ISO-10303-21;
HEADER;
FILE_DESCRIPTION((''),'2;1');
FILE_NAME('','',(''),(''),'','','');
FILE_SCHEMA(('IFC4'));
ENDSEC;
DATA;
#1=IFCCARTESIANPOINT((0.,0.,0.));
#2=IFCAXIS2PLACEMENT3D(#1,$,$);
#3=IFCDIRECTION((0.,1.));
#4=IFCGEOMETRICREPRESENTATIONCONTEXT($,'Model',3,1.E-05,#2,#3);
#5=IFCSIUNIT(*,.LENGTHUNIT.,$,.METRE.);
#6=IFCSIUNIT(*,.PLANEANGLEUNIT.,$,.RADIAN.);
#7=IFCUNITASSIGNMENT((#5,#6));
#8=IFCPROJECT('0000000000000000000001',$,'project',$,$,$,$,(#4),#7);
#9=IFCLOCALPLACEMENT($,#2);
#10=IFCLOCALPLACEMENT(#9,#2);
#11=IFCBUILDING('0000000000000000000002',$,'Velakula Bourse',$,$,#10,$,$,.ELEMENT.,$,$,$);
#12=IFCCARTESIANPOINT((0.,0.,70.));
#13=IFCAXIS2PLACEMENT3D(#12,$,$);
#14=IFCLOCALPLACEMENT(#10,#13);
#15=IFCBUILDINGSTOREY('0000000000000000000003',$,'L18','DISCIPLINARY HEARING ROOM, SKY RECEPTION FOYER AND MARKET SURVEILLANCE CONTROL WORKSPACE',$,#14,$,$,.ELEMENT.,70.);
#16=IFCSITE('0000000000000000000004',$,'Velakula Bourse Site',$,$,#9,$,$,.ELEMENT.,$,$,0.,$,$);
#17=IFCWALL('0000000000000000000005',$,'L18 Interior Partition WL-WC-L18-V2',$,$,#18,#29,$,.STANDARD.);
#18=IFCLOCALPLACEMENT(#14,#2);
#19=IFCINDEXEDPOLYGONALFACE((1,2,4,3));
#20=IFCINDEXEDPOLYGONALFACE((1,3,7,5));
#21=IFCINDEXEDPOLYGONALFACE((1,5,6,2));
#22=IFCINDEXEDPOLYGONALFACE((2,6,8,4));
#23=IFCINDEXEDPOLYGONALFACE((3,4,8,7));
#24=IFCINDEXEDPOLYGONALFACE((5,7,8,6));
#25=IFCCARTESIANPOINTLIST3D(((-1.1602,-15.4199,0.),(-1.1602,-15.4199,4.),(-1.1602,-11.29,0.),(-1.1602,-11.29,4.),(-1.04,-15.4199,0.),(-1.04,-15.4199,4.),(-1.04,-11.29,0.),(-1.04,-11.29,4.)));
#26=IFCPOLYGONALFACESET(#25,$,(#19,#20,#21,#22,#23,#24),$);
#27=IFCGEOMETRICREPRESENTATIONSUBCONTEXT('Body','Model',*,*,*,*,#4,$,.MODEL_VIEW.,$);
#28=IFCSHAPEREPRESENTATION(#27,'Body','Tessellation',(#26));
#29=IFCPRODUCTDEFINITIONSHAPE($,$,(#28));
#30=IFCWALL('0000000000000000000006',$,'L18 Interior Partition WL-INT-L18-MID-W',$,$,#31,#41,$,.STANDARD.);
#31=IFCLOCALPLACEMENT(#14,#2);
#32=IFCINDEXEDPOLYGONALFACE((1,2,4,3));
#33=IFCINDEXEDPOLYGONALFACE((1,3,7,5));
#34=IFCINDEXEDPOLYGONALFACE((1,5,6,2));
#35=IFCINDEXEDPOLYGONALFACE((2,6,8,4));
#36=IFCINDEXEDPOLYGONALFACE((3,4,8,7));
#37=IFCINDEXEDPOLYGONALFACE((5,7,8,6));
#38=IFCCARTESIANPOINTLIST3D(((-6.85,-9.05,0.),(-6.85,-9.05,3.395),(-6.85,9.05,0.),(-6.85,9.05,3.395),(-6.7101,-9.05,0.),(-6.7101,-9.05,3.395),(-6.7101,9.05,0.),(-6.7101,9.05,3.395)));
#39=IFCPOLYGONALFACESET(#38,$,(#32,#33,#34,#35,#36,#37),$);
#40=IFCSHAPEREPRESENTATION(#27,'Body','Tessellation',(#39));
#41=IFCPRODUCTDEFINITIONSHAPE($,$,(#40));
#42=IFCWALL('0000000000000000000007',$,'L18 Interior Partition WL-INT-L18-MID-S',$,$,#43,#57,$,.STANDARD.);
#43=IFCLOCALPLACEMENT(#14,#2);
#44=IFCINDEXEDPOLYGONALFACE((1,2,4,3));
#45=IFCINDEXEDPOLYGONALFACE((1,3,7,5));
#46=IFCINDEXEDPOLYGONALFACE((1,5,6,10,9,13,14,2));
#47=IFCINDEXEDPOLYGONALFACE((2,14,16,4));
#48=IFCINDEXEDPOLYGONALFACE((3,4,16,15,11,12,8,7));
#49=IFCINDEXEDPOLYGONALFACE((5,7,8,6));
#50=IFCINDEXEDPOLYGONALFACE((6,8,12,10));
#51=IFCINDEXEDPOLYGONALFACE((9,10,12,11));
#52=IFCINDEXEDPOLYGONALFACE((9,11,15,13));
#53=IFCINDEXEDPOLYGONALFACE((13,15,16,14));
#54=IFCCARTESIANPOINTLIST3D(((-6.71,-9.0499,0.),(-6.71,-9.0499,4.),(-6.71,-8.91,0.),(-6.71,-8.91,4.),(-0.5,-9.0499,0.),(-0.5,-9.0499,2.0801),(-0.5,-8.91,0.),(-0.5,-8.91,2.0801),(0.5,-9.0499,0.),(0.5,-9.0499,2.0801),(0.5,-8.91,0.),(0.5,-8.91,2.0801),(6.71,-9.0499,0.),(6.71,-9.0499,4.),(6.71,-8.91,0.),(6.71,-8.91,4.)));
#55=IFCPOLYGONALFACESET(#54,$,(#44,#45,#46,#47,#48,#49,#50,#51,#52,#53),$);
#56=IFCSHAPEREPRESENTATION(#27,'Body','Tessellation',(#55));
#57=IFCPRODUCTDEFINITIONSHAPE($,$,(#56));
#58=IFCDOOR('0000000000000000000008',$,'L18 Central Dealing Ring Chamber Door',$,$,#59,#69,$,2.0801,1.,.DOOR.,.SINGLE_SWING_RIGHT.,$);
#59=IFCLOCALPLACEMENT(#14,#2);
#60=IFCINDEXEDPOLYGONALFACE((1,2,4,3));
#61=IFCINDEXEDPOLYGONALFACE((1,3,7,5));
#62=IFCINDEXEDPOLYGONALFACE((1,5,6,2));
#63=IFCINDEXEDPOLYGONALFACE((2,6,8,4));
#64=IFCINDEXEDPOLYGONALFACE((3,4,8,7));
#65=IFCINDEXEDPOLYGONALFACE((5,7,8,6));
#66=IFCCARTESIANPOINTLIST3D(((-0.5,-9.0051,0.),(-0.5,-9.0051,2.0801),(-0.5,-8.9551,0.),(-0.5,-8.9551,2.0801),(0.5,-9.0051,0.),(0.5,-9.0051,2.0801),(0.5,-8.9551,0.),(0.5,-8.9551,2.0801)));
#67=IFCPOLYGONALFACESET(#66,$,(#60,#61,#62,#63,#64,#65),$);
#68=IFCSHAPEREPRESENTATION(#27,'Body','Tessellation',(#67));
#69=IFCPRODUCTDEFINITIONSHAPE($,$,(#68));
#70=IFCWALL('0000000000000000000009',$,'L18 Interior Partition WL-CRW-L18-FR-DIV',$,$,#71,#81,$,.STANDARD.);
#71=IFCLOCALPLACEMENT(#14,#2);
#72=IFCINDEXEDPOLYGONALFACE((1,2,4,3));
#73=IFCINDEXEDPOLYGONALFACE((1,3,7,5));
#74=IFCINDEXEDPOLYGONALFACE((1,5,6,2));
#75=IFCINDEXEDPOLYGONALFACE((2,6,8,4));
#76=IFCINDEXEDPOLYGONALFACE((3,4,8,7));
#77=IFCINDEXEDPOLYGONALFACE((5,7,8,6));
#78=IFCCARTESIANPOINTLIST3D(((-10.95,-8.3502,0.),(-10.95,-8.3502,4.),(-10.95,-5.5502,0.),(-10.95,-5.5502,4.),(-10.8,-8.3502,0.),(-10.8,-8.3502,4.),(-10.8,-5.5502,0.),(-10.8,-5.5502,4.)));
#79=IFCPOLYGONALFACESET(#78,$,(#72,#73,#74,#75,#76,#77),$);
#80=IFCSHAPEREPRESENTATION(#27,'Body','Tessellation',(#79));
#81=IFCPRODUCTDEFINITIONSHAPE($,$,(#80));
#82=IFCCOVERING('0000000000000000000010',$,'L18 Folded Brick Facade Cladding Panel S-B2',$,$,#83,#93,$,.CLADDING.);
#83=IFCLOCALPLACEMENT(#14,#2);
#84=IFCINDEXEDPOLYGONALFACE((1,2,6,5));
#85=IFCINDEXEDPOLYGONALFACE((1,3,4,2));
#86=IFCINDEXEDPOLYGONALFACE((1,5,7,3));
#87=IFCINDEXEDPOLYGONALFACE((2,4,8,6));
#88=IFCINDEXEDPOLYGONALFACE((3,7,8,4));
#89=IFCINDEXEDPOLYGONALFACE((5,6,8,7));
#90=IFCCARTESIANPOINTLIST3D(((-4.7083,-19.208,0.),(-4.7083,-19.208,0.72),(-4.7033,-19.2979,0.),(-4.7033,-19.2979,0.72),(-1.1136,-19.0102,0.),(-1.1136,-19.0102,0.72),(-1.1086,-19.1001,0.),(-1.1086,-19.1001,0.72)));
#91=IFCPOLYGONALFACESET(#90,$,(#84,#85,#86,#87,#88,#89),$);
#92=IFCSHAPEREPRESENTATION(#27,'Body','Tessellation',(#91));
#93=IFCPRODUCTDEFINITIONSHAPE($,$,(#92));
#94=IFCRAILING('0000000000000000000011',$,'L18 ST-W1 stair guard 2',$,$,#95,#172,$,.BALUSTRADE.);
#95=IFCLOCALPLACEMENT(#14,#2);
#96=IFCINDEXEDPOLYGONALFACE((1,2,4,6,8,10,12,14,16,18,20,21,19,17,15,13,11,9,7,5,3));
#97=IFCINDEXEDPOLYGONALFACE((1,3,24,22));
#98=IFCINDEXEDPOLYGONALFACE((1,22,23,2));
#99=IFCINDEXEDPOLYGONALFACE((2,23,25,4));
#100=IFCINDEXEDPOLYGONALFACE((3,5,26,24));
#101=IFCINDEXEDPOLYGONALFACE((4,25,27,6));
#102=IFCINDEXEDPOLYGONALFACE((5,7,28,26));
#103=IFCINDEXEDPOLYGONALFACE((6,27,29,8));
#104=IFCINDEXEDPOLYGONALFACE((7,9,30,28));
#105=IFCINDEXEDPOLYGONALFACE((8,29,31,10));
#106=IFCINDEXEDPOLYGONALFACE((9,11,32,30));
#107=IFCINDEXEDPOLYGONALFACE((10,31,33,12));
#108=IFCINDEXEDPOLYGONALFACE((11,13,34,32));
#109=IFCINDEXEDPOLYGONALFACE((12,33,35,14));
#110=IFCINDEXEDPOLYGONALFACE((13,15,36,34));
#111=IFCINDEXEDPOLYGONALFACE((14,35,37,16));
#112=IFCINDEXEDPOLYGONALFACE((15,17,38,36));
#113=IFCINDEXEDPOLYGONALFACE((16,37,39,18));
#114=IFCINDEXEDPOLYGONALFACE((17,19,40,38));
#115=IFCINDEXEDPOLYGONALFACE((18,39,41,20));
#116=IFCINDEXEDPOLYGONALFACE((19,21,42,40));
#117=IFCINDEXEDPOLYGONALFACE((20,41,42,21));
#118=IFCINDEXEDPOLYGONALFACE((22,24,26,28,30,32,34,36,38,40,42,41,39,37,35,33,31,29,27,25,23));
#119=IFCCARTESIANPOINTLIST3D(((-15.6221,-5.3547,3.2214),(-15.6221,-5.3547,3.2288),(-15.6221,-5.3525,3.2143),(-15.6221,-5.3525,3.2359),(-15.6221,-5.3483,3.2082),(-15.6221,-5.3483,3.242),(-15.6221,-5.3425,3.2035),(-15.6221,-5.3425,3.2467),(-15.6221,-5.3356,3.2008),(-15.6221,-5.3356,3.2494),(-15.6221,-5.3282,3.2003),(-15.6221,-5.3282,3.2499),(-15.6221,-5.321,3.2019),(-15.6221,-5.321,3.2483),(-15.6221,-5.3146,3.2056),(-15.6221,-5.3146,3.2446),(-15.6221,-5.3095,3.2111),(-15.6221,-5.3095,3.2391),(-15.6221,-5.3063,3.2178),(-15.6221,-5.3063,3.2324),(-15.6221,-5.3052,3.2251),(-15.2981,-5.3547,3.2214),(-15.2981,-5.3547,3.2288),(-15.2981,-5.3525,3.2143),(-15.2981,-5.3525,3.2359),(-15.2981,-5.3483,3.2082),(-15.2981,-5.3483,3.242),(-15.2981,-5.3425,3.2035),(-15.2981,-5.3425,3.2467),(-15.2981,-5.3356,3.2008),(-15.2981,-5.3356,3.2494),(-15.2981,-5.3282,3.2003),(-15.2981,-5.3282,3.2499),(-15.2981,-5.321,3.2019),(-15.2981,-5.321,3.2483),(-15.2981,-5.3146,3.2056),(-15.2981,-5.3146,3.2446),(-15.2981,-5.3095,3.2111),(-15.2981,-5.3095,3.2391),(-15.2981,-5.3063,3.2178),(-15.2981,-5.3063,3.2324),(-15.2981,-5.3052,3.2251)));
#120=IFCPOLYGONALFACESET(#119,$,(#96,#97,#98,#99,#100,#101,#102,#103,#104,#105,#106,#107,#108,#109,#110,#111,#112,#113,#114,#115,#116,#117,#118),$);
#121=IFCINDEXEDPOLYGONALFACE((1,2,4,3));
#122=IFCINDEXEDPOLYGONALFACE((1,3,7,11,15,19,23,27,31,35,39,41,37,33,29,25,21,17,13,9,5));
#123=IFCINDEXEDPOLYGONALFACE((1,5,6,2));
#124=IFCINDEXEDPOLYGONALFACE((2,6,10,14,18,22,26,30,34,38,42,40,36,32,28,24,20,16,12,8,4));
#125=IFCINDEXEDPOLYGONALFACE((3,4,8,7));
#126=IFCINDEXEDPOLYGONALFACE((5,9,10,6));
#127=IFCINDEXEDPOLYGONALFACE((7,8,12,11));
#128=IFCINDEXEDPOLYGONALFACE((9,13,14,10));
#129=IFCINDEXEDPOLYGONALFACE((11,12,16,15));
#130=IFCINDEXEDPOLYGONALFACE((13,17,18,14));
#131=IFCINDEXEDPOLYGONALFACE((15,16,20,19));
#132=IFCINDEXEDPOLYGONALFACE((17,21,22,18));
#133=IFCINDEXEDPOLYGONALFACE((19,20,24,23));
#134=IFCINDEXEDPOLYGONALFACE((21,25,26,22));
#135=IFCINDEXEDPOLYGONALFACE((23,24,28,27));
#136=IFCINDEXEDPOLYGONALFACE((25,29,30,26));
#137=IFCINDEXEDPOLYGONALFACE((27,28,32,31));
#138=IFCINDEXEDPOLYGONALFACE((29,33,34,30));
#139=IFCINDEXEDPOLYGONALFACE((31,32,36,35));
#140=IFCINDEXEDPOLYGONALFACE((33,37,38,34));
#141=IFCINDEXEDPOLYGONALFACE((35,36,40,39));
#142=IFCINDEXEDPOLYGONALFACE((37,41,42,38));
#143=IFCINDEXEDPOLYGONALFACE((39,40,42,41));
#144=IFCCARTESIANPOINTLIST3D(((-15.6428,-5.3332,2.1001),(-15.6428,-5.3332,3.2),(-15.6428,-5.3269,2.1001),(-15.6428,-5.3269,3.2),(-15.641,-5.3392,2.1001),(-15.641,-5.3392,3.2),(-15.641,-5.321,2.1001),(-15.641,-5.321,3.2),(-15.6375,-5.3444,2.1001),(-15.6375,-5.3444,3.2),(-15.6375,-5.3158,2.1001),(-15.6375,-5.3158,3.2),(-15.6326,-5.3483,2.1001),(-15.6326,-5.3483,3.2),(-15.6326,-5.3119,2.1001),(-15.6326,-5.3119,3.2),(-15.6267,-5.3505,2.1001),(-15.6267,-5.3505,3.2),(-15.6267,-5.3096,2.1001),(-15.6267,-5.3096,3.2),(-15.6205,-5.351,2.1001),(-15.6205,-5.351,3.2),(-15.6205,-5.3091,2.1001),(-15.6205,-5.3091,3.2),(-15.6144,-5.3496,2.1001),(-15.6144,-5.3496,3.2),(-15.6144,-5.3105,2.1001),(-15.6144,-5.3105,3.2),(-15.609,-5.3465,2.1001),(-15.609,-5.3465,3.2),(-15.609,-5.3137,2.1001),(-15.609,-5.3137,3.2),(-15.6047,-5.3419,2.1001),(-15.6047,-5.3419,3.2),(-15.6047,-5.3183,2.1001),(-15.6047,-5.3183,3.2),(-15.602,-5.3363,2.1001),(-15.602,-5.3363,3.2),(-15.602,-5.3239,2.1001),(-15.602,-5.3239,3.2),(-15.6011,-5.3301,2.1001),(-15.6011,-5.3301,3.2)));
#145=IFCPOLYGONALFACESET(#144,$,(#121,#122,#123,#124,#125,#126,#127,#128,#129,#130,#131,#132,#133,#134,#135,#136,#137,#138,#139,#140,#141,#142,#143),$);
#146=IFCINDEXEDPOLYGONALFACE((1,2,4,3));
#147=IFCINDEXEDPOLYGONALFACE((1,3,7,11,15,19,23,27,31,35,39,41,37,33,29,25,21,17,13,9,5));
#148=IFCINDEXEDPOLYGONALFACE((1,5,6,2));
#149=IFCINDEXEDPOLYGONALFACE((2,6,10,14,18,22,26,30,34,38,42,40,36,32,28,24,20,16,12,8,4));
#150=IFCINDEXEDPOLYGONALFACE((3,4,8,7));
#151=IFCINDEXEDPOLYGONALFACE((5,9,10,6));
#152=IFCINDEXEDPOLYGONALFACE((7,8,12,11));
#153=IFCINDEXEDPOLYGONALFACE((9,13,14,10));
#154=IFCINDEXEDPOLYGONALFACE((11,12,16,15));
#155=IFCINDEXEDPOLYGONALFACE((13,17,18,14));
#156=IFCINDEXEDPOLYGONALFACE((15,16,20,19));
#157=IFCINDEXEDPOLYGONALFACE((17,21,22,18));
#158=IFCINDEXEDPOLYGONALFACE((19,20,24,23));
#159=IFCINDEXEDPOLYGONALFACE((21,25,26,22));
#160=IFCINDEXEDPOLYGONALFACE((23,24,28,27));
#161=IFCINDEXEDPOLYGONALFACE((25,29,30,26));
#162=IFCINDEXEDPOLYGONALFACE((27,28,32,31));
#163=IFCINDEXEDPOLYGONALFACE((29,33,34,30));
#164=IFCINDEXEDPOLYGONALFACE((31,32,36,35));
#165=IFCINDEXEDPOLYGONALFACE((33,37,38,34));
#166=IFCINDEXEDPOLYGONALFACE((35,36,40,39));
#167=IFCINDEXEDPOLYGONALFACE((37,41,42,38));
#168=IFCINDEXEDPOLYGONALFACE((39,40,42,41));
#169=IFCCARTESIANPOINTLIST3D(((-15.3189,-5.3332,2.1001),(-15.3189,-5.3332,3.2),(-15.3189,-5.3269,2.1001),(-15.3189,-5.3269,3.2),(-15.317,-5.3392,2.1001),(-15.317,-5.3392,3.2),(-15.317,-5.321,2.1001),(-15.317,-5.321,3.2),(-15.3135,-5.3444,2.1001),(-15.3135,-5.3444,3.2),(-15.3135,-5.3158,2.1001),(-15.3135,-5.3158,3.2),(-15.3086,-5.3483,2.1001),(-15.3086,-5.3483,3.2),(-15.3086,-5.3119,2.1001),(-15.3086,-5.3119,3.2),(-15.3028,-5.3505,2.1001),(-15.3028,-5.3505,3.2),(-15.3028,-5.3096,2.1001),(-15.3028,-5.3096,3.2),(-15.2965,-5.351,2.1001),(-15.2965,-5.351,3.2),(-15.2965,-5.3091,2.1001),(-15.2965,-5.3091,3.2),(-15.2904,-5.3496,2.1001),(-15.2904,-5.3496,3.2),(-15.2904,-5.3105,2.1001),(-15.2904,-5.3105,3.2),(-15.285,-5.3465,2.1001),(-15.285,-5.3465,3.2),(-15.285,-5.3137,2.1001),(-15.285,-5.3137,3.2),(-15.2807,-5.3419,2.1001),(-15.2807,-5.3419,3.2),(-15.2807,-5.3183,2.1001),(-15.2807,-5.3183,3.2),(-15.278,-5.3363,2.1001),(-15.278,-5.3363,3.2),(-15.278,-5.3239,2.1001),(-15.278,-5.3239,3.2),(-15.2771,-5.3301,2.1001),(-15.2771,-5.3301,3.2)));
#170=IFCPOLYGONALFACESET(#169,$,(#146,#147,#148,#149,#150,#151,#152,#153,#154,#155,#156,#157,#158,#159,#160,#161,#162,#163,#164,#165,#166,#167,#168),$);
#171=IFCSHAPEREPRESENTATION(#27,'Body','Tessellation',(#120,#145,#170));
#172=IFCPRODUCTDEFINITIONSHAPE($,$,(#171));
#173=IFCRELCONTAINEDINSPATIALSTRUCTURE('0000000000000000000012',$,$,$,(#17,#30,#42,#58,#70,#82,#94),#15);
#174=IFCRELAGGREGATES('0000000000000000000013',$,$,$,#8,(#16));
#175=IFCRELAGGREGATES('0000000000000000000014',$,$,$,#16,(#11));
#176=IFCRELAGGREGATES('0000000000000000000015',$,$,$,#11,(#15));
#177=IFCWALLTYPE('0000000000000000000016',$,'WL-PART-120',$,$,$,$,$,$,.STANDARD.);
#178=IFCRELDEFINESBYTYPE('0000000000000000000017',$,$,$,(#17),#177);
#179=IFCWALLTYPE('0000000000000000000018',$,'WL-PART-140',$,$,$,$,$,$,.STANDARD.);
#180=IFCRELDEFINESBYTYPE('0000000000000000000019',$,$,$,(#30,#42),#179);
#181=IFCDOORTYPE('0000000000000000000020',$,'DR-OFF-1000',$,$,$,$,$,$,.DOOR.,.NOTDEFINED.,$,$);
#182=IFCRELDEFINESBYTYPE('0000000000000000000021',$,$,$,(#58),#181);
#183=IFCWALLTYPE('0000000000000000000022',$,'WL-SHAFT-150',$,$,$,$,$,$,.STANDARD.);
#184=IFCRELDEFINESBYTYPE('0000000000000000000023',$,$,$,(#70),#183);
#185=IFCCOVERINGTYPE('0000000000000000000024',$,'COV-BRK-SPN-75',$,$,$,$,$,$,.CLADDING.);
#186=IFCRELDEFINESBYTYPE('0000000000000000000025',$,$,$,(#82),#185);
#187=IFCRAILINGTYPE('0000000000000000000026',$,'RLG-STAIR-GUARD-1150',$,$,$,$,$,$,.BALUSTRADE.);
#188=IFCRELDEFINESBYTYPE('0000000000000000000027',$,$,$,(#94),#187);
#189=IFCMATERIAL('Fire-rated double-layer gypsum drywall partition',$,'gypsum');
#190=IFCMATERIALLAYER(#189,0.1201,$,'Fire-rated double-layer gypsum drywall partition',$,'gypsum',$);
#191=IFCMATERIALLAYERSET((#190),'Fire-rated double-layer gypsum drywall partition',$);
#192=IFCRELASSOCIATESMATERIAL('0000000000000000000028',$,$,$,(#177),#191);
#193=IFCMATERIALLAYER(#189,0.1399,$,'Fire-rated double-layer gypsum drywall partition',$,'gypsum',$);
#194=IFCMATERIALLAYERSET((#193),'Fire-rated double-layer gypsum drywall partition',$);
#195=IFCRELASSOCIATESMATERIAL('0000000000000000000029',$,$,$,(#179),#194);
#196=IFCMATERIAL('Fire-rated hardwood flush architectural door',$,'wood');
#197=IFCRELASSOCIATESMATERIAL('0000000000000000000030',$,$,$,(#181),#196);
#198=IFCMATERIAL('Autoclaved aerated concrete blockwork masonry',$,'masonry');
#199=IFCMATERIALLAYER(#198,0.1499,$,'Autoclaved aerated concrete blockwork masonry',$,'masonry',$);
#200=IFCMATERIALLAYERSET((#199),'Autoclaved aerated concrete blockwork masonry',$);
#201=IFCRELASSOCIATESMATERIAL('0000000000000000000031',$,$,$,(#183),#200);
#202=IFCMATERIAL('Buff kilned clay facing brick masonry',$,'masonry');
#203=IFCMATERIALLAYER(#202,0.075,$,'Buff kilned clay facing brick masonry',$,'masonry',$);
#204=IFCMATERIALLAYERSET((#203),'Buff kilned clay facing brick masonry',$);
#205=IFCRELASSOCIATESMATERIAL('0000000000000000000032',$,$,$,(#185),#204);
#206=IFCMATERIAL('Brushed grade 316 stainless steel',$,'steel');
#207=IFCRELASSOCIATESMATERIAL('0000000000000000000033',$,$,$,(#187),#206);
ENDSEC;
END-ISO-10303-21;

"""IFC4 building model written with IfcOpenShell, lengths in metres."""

from ifc_helpers import new_model, si_unit, direction, frame, frame_2d, origin, origin_2d, place, context, subcontext, project, spatial, rectangle, circle, extrude, material, layer, layer_set, type_object, element, fill, save


model = new_model("IFC4")

# Units and contexts
model_context = context("Model", 3, precision=1e-05, world=origin(), true_north=direction((0.0, 1.0)))
body_context = subcontext(model_context, "Body", "Model", "MODEL_VIEW")
ifc_project = project(units=[si_unit("LENGTHUNIT", "METRE"), si_unit("PLANEANGLEUNIT", "RADIAN")], contexts=[model_context])

# Site, building, storey
site_placement = place(None, origin())
site = spatial("IfcSite", under=ifc_project, at=site_placement, Name="Velakula Bourse Site", CompositionType="ELEMENT", RefElevation=0.0)
building_placement = place(site_placement, origin())
building = spatial("IfcBuilding", under=site, at=building_placement, Name="Velakula Bourse", CompositionType="ELEMENT")
storey_placement = place(building_placement, frame((0.0, 0.0, 70.0)))
storey = spatial("IfcBuildingStorey", under=building, at=storey_placement, Name="L18", Description="DISCIPLINARY HEARING ROOM, SKY RECEPTION FOYER AND MARKET SURVEILLANCE CONTROL WORKSPACE", CompositionType="ELEMENT", Elevation=70.0)

# Walls
ifc_material_1 = material(Name="Fire-rated double-layer gypsum drywall partition", Category="gypsum")
ifc_layer_1 = layer(ifc_material_1, 0.1201, Name="Fire-rated double-layer gypsum drywall partition", Category="gypsum")
ifc_layer_set_1 = layer_set([ifc_layer_1], Name="Fire-rated double-layer gypsum drywall partition")
wall_type_1 = type_object("IfcWallType", Name="WL-PART-120", PredefinedType="STANDARD", material=ifc_layer_set_1)
for number, where, z_axis, x_axis, name in (
    (1, (-1.1001, -15.4199, 0.0), (0.0, 0.0, 1.0), (0.0, 1.0, 0.0), "L18 Interior Partition WL-WC-L18-V2"),
):
    element("IfcWall", number, at=place(storey_placement, frame(where, z_axis=z_axis, x_axis=x_axis)), inside=storey, type_object=wall_type_1, Name=name, PredefinedType="STANDARD", context=body_context, shape_type="SweptSolid", body=[
        extrude(rectangle(XDim=4.1299, YDim=0.1201, at=frame_2d((2.0649, 0.0))), origin(), (0.0, 0.0, 1.0), 4.0),
    ])
ifc_layer_2 = layer(ifc_material_1, 0.1399, Name="Fire-rated double-layer gypsum drywall partition", Category="gypsum")
ifc_layer_set_2 = layer_set([ifc_layer_2], Name="Fire-rated double-layer gypsum drywall partition")
wall_type_2 = type_object("IfcWallType", Name="WL-PART-140", PredefinedType="STANDARD", material=ifc_layer_set_2)
wall_1_placement = place(storey_placement, frame((-6.78, -9.05, 0.0), z_axis=(0.0, 0.0, 1.0), x_axis=(0.0, 1.0, 0.0)))
element("IfcWall", 2, at=wall_1_placement, inside=storey, type_object=wall_type_2, Name="L18 Interior Partition WL-INT-L18-MID-W", PredefinedType="STANDARD", context=body_context, shape_type="SweptSolid", body=[
    extrude(rectangle(XDim=18.1001, YDim=0.1399, at=frame_2d((9.05, 0.0))), origin(), (0.0, 0.0, 1.0), 3.395),
])

# Wall, opening, door
wall_2_placement = place(storey_placement, frame((-6.71, -8.98, 0.0), z_axis=(0.0, 0.0, 1.0), x_axis=(1.0, 0.0, 0.0)))
wall_2 = element("IfcWall", 3, at=wall_2_placement, inside=storey, type_object=wall_type_2, Name="L18 Interior Partition WL-INT-L18-MID-S", PredefinedType="STANDARD", context=body_context, shape_type="SweptSolid", body=[
    extrude(rectangle(XDim=13.4199, YDim=0.1399, at=frame_2d((6.71, 0.0))), origin(), (0.0, 0.0, 1.0), 4.0),
])
opening_1_placement = place(wall_2_placement, frame((6.21, 0.0, 0.0)))
opening_1 = element("IfcOpeningElement", 4, at=opening_1_placement, cuts=wall_2, PredefinedType="OPENING", context=body_context, shape_type="SweptSolid", body=[
    extrude(rectangle(XDim=1.0, YDim=2.0801, at=frame_2d((0.5, 1.04))), frame((0.0, 0.0798, 0.0), z_axis=(0.0, -1.0, 0.0), x_axis=(1.0, 0.0, 0.0)), (0.0, 0.0, 1.0), 0.1599),
])
ifc_material_2 = material(Name="Fire-rated hardwood flush architectural door", Category="wood")
door_type_1 = type_object("IfcDoorType", Name="DR-OFF-1000", OperationType="NOTDEFINED", PredefinedType="DOOR", material=ifc_material_2)
door_1_placement = place(opening_1_placement, origin())
door_1 = element("IfcDoor", 5, at=door_1_placement, inside=storey, type_object=door_type_1, Name="L18 Central Dealing Ring Chamber Door", OperationType="SINGLE_SWING_RIGHT", OverallHeight=2.0801, OverallWidth=1.0, PredefinedType="DOOR", context=body_context, shape_type="SweptSolid", body=[
    extrude(rectangle(XDim=1.0, YDim=2.0801, at=frame_2d((0.5, 1.04))), frame((0.0, 0.0249, 0.0), z_axis=(0.0, -1.0, 0.0), x_axis=(1.0, 0.0, 0.0)), (0.0, 0.0, 1.0), 0.05),
])
fill(opening_1, door_1)

# Shared definitions
ifc_material_3 = material(Name="Autoclaved aerated concrete blockwork masonry", Category="masonry")
ifc_layer_3 = layer(ifc_material_3, 0.1499, Name="Autoclaved aerated concrete blockwork masonry", Category="masonry")
ifc_layer_set_3 = layer_set([ifc_layer_3], Name="Autoclaved aerated concrete blockwork masonry")
wall_type_3 = type_object("IfcWallType", Name="WL-SHAFT-150", PredefinedType="STANDARD", material=ifc_layer_set_3)
ifc_material_4 = material(Name="Brushed grade 316 stainless steel", Category="steel")

# Wall
wall_3_placement = place(storey_placement, frame((-10.875, -8.3501, 0.0), z_axis=(0.0, 0.0, 1.0), x_axis=(0.0, 1.0, 0.0)))
element("IfcWall", 6, at=wall_3_placement, inside=storey, type_object=wall_type_3, Name="L18 Interior Partition WL-CRW-L18-FR-DIV", PredefinedType="STANDARD", context=body_context, shape_type="SweptSolid", body=[
    extrude(rectangle(XDim=2.8, YDim=0.1499, at=frame_2d((1.3999, 0.0))), origin(), (0.0, 0.0, 1.0), 4.0),
])

# Covering
ifc_material_5 = material(Name="Buff kilned clay facing brick masonry", Category="masonry")
ifc_layer_4 = layer(ifc_material_5, 0.075, Name="Buff kilned clay facing brick masonry", Category="masonry")
ifc_layer_set_4 = layer_set([ifc_layer_4], Name="Buff kilned clay facing brick masonry")
covering_type = type_object("IfcCoveringType", Name="COV-BRK-SPN-75", PredefinedType="CLADDING", material=ifc_layer_set_4)
covering_placement = place(storey_placement, frame((-2.9084, -19.1541, 0.0), z_axis=(0.0, 0.0, 1.0), x_axis=(0.998489, 0.05495, 0.0)))
element("IfcCovering", 7, at=covering_placement, inside=storey, type_object=covering_type, Name="L18 Folded Brick Facade Cladding Panel S-B2", PredefinedType="CLADDING", context=body_context, shape_type="SweptSolid", body=[
    extrude(rectangle(XDim=3.6001, YDim=0.0901, at=origin_2d()), origin(), (0.0, 0.0, 1.0), 0.72),
])

# Railing
railing_type = type_object("IfcRailingType", Name="RLG-STAIR-GUARD-1150", PredefinedType="BALUSTRADE", material=ifc_material_4)
railing_1_placement = place(storey_placement, frame((-15.6221, -5.3301, 2.1001)))
element("IfcRailing", 8, at=railing_1_placement, inside=storey, type_object=railing_type, Name="L18 ST-W1 stair guard 2", PredefinedType="BALUSTRADE", context=body_context, shape_type="SweptSolid", body=[
    extrude(circle(Radius=0.0249, at=origin_2d()), frame((0.0, 0.0, 1.125), z_axis=(1.0, 0.0, 0.0), x_axis=(0.0, 1.0, 0.0)), (0.0, 0.0, 1.0), 0.324),
    extrude(circle(Radius=0.021, at=origin_2d()), origin(), (0.0, 0.0, 1.0), 1.0999),
    extrude(circle(Radius=0.021, at=origin_2d()), frame((0.324, 0.0, 0.0)), (0.0, 0.0, 1.0), 1.0999),
])

save(model, "model.ifc")
